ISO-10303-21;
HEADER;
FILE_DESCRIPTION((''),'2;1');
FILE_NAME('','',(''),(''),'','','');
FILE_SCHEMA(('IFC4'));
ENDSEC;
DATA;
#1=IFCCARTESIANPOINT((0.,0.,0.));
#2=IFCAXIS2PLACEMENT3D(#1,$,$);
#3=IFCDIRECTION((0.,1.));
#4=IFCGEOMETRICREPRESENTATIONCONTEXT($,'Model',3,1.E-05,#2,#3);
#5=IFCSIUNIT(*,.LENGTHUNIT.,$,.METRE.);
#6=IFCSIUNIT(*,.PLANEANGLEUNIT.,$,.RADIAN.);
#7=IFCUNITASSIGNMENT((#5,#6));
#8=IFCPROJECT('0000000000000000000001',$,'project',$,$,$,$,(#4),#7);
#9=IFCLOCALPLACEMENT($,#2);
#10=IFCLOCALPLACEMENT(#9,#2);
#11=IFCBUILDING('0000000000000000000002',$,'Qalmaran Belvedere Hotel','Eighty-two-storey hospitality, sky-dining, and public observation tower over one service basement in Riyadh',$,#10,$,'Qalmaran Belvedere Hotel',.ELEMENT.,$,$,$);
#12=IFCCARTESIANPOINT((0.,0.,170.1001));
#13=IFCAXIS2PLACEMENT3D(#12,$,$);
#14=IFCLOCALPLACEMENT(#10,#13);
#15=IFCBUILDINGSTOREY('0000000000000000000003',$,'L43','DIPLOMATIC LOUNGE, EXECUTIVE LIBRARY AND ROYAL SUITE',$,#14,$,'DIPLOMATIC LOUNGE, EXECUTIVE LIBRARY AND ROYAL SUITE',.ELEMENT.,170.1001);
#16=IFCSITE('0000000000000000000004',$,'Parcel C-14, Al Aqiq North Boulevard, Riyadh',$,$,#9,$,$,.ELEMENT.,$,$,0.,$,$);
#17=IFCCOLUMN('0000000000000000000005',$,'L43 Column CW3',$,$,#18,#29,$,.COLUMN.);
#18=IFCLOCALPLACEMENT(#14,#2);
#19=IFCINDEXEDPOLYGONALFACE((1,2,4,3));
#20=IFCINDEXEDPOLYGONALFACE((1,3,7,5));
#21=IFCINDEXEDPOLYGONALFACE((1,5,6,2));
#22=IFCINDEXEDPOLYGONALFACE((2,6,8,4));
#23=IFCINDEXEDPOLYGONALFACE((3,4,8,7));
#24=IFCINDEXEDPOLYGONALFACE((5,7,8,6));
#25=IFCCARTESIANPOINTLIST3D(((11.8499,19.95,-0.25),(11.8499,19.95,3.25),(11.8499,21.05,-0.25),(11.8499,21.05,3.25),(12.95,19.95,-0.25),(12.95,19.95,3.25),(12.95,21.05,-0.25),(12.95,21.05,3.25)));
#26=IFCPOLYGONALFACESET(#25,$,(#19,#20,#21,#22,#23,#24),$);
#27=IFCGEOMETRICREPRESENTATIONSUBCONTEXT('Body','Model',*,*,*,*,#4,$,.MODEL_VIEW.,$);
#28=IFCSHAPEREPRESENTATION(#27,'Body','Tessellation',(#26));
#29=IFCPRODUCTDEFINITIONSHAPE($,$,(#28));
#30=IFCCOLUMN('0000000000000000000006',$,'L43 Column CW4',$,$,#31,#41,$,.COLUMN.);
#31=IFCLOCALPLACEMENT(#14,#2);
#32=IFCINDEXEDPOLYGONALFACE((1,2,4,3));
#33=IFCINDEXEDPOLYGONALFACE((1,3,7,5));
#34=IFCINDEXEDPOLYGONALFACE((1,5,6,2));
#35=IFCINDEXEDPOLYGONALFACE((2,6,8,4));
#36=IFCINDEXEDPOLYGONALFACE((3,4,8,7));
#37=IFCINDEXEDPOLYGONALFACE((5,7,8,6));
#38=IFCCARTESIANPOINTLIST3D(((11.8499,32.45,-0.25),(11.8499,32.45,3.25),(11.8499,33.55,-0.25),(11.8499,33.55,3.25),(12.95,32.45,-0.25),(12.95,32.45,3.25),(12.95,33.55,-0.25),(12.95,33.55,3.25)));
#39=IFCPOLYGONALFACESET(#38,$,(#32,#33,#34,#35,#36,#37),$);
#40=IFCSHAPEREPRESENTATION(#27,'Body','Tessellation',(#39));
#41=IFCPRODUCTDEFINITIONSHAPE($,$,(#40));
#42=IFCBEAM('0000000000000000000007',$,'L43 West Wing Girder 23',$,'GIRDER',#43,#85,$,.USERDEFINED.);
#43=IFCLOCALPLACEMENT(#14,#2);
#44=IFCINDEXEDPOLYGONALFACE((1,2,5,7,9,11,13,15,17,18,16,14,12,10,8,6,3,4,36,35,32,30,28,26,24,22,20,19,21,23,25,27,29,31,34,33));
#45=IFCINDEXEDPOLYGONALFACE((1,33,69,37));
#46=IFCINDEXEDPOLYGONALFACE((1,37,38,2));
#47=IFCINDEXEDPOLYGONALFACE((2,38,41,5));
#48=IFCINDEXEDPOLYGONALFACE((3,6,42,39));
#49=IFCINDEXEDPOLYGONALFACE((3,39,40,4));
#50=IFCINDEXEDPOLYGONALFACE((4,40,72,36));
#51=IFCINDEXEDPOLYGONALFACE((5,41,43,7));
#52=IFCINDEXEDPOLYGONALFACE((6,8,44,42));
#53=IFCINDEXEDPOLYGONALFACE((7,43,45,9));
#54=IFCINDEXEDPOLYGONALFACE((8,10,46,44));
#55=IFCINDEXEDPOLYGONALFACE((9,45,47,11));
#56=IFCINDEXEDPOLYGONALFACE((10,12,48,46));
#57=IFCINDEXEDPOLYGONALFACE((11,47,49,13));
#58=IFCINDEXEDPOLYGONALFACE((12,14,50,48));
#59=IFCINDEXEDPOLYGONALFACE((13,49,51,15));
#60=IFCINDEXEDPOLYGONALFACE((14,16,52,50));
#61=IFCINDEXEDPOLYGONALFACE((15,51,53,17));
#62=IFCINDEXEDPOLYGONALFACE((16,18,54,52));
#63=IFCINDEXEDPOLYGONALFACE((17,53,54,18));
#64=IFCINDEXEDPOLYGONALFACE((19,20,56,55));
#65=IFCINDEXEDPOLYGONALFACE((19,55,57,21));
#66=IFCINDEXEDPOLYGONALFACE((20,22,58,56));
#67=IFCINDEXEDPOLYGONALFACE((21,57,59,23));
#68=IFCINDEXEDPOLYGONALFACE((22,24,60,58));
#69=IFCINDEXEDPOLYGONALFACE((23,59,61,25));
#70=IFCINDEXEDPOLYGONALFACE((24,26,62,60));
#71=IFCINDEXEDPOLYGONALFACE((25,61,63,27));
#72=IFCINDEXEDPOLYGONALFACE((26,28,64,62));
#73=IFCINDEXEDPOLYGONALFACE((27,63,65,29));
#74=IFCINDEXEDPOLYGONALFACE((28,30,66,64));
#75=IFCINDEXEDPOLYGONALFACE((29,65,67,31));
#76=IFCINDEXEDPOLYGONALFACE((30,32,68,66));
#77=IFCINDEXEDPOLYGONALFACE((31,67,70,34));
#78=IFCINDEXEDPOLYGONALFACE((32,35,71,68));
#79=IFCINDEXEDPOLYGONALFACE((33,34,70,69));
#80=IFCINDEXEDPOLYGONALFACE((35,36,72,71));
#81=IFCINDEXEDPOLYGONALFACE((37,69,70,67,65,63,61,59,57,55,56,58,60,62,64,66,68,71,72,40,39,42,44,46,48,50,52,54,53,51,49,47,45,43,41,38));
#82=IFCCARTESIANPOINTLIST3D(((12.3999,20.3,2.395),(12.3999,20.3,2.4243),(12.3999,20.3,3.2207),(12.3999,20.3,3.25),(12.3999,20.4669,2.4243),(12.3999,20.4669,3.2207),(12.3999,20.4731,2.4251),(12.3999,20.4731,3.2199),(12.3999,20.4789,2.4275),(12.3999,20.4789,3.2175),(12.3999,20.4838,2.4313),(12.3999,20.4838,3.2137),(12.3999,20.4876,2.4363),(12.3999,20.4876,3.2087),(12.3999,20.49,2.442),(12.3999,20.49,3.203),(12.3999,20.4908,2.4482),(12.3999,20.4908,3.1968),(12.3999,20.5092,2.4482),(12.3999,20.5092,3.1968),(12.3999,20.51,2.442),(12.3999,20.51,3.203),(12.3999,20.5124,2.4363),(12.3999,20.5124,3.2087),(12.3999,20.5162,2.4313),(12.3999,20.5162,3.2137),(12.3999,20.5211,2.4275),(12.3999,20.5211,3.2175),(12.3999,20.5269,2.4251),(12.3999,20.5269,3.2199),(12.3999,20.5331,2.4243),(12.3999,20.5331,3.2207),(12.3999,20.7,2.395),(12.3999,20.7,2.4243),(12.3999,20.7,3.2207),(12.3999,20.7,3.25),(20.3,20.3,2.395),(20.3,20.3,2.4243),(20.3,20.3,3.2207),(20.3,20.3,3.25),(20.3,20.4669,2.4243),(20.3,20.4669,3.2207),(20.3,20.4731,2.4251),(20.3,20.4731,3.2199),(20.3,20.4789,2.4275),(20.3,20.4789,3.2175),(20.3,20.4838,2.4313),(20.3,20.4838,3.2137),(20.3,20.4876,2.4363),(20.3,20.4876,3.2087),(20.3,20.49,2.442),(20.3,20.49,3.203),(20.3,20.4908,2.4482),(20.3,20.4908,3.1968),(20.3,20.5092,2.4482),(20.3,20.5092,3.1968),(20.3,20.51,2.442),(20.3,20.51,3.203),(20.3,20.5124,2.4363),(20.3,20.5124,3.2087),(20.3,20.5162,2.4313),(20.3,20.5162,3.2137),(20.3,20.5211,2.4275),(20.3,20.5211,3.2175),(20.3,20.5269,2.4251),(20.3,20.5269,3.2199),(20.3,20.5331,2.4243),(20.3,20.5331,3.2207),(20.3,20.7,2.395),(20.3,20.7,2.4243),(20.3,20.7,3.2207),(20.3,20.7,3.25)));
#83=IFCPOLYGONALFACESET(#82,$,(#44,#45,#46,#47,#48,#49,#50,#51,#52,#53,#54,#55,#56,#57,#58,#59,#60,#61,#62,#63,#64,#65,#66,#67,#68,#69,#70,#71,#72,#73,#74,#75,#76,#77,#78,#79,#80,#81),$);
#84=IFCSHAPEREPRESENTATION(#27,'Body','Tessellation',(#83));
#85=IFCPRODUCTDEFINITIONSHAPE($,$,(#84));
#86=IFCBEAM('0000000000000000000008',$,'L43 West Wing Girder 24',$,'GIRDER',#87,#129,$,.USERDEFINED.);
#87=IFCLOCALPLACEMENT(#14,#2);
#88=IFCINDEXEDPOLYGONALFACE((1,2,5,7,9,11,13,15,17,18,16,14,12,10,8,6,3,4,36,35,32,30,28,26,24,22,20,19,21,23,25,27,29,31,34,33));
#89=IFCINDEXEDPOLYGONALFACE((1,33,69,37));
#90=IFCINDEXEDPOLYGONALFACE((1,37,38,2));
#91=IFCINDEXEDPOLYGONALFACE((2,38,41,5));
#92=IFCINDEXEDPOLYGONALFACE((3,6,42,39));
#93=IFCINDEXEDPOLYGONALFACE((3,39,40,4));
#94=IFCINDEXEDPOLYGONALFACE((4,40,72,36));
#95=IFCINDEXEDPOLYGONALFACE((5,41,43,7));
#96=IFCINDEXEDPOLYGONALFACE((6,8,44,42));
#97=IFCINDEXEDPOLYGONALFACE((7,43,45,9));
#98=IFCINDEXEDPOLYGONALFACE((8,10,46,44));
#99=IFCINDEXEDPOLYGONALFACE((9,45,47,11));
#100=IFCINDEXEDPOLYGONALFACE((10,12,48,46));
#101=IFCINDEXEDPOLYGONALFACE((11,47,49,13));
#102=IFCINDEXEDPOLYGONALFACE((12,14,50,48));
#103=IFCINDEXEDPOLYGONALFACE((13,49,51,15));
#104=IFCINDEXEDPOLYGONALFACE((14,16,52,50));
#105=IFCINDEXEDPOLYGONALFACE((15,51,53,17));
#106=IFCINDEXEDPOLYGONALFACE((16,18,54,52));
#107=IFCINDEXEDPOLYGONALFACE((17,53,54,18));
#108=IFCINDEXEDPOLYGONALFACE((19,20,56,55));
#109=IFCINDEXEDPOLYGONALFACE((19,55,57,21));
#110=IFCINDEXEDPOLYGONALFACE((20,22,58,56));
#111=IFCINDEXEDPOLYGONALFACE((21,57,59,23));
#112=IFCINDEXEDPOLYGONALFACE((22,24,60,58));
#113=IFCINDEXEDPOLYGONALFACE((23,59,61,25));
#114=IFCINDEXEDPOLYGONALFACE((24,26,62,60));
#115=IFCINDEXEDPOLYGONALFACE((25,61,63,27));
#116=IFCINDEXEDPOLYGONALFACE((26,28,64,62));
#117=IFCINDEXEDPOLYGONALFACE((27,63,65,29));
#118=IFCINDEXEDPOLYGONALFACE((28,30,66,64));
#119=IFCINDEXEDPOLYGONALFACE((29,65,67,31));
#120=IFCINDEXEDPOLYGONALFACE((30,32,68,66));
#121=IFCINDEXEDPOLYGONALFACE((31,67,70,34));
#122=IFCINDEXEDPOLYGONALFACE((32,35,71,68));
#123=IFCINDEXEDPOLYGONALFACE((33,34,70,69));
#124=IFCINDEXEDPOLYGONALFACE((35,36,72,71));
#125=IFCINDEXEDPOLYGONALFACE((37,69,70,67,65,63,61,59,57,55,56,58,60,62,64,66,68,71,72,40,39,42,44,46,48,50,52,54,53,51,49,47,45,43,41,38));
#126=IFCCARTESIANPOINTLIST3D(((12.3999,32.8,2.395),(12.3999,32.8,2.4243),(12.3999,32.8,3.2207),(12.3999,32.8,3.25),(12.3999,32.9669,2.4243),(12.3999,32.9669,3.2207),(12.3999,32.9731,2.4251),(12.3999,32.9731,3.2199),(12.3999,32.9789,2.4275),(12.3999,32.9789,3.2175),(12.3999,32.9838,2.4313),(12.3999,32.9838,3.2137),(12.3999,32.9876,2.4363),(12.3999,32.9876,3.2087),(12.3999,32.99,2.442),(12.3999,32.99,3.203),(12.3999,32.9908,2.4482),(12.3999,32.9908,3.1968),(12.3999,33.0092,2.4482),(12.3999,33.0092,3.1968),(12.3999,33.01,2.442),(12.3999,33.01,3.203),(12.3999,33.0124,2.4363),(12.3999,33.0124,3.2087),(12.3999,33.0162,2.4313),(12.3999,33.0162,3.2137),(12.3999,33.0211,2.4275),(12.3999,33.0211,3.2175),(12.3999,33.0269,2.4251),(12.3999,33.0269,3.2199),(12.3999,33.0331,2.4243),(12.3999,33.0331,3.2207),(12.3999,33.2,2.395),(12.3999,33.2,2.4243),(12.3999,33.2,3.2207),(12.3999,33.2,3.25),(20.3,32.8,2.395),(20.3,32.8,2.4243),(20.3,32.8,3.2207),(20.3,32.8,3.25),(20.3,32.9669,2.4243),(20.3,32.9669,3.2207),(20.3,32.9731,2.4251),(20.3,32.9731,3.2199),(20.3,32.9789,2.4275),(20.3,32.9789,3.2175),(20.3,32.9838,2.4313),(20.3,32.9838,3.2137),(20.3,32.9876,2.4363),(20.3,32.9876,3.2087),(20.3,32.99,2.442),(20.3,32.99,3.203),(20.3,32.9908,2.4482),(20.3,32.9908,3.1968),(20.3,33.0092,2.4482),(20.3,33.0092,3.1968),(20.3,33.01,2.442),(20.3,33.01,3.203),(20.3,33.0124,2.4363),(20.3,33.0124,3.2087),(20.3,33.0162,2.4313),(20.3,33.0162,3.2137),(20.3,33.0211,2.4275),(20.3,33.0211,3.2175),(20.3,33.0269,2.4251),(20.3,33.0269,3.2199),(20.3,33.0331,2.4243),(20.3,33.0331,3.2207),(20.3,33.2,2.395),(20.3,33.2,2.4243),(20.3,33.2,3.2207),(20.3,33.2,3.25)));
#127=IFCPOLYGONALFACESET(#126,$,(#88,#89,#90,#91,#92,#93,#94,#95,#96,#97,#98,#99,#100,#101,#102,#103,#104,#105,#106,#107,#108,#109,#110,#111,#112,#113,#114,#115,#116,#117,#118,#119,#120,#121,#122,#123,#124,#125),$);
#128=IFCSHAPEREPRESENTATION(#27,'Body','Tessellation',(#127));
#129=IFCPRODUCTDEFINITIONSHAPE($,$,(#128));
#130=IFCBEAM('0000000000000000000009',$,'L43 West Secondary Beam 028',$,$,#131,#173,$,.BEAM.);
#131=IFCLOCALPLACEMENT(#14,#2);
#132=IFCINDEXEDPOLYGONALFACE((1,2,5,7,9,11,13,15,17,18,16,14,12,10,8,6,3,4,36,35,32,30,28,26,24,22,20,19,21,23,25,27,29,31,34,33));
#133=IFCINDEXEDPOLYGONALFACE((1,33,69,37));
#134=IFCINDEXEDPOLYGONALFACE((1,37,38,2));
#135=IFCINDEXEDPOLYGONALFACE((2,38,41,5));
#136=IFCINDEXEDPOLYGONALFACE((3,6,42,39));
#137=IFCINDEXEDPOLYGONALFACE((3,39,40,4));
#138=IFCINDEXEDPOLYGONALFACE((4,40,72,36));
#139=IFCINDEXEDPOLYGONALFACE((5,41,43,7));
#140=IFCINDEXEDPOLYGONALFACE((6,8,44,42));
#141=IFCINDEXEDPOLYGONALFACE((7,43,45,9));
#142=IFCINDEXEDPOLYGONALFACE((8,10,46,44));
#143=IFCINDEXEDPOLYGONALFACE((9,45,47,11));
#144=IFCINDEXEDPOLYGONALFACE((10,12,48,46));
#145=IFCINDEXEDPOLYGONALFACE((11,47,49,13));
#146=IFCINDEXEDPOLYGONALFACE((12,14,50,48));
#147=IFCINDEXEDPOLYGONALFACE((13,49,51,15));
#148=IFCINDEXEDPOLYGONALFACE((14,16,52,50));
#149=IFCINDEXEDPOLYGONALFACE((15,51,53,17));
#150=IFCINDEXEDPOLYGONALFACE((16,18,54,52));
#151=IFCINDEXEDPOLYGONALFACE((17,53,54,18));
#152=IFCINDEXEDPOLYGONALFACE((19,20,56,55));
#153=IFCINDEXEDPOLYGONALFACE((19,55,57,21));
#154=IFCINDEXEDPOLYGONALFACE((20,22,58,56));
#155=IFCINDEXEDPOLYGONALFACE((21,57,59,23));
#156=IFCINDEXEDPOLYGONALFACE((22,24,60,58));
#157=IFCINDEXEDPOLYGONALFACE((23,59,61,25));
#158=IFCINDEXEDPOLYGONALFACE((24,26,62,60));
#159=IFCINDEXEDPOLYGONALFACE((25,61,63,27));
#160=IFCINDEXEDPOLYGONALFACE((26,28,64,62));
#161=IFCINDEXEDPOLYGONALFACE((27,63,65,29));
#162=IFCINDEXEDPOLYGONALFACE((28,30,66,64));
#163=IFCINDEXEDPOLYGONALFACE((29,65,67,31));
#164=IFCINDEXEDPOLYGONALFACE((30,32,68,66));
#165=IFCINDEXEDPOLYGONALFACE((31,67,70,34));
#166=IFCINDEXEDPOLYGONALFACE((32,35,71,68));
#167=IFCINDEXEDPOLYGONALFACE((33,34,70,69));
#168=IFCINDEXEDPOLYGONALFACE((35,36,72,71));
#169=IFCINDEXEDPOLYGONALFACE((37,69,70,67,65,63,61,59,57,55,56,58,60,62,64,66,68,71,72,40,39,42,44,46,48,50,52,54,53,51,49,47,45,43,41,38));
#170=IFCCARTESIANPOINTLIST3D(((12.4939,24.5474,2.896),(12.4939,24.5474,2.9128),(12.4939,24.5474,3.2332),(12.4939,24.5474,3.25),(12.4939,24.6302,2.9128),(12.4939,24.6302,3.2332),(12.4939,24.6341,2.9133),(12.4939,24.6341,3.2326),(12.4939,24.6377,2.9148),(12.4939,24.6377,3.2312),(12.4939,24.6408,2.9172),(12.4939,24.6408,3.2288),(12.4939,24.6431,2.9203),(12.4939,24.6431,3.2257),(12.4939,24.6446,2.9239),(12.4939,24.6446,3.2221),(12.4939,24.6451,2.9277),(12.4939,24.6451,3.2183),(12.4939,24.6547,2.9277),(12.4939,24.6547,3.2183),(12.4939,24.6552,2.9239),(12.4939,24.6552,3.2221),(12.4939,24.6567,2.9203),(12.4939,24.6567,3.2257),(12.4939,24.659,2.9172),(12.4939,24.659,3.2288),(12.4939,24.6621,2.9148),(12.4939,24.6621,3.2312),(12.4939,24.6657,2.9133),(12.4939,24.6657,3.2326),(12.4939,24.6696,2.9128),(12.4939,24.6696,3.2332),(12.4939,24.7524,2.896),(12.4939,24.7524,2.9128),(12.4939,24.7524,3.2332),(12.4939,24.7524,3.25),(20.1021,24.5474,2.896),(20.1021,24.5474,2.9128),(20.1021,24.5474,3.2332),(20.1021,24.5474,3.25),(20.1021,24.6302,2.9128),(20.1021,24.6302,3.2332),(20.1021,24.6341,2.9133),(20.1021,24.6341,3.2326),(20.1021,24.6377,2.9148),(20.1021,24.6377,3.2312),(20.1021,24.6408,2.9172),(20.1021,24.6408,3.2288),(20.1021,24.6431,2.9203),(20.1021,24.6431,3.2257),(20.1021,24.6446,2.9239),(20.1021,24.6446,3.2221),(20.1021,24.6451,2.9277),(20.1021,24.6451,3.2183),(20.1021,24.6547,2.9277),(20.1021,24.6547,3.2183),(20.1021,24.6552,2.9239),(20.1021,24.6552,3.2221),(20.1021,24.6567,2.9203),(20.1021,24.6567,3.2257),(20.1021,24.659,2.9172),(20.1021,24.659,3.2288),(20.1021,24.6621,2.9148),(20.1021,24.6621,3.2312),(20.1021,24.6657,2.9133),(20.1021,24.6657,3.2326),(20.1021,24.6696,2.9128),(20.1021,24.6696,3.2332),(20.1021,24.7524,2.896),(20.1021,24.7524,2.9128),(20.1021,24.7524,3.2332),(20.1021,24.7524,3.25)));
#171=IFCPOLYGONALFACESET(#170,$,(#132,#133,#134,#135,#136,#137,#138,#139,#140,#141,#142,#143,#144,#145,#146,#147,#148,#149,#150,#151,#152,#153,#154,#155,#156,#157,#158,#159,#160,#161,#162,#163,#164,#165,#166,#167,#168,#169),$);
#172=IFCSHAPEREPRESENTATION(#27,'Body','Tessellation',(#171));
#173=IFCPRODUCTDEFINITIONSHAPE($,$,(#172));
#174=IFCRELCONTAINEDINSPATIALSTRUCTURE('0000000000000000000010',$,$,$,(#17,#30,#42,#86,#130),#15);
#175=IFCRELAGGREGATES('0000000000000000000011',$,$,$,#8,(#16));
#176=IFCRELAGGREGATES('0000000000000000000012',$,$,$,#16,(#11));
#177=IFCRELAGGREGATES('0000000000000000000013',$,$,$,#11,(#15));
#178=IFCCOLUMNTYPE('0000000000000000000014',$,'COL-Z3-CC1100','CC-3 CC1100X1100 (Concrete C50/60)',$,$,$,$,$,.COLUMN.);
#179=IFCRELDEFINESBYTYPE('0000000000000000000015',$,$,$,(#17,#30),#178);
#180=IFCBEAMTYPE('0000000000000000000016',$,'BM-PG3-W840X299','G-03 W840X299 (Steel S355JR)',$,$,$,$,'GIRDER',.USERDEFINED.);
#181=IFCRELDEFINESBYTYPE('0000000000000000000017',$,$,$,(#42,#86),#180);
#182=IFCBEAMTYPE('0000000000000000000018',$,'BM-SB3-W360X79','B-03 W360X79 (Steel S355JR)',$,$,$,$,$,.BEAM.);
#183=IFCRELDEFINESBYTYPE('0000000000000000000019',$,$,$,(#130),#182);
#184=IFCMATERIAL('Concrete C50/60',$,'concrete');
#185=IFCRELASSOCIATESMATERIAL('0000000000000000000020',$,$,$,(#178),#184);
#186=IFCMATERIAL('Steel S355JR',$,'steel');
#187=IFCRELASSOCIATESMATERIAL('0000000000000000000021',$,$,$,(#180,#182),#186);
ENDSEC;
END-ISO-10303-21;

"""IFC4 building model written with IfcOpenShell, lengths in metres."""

from ifc_helpers import new_model, si_unit, direction, frame, origin, origin_2d, place, context, subcontext, project, spatial, rectangle, i_section, extrude, material, material_profile, profile_set, type_object, element, save


model = new_model("IFC4")

# Units and contexts
model_context = context("Model", 3, precision=1e-05, world=origin(), true_north=direction((0.0, 1.0)))
body_context = subcontext(model_context, "Body", "Model", "MODEL_VIEW")
ifc_project = project(units=[si_unit("LENGTHUNIT", "METRE"), si_unit("PLANEANGLEUNIT", "RADIAN")], contexts=[model_context])

# Site, building, storey
site_placement = place(None, origin())
site = spatial("IfcSite", under=ifc_project, at=site_placement, Name="Parcel C-14, Al Aqiq North Boulevard, Riyadh", CompositionType="ELEMENT", RefElevation=0.0)
building_placement = place(site_placement, origin())
building = spatial("IfcBuilding", under=site, at=building_placement, Name="Qalmaran Belvedere Hotel", Description="Eighty-two-storey hospitality, sky-dining, and public observation tower over one service basement in Riyadh", LongName="Qalmaran Belvedere Hotel", CompositionType="ELEMENT")
storey_placement = place(building_placement, frame((0.0, 0.0, 170.1001)))
storey = spatial("IfcBuildingStorey", under=building, at=storey_placement, Name="L43", Description="DIPLOMATIC LOUNGE, EXECUTIVE LIBRARY AND ROYAL SUITE", LongName="DIPLOMATIC LOUNGE, EXECUTIVE LIBRARY AND ROYAL SUITE", CompositionType="ELEMENT", Elevation=170.1001)

# Columns
ifc_material_1 = material(Name="Concrete C50/60", Category="concrete")
ifc_material_profile_1 = material_profile(ifc_material_1, rectangle(XDim=1.1001, YDim=1.1001, at=origin_2d()), Name="CC1100X1100")
ifc_profile_set_1 = profile_set([ifc_material_profile_1], Name="Concrete C50/60")
column_type = type_object("IfcColumnType", Name="COL-Z3-CC1100", Description="CC-3 CC1100X1100 (Concrete C50/60)", PredefinedType="COLUMN", material=ifc_profile_set_1)
for number, where, z_axis, x_axis, name in (
    (1, (12.3999, 20.5, -0.25), (0.0, 0.0, 1.0), (1.0, 0.0, 0.0), "L43 Column CW3"),
    (2, (12.3999, 33.0, -0.25), (0.0, 0.0, 1.0), (1.0, 0.0, 0.0), "L43 Column CW4"),
):
    element("IfcColumn", number, at=place(storey_placement, frame(where, z_axis=z_axis, x_axis=x_axis)), inside=storey, type_object=column_type, Name=name, PredefinedType="COLUMN", context=body_context, shape_type="SweptSolid", body=[
        extrude(rectangle(XDim=1.1001, YDim=1.1001, at=origin_2d()), origin(), (0.0, 0.0, 1.0), 3.5),
    ])

# Beams
ifc_material_2 = material(Name="Steel S355JR", Category="steel")
ifc_material_profile_2 = material_profile(ifc_material_2, i_section(OverallWidth=0.3999, OverallDepth=0.855, WebThickness=0.0183, FlangeThickness=0.0293, FilletRadius=0.0239, at=origin_2d()), Name="W840X299")
ifc_profile_set_2 = profile_set([ifc_material_profile_2], Name="Steel S355JR")
beam_type_1 = type_object("IfcBeamType", Name="BM-PG3-W840X299", Description="G-03 W840X299 (Steel S355JR)", ElementType="GIRDER", PredefinedType="USERDEFINED", material=ifc_profile_set_2)
for number, where, z_axis, x_axis, name in (
    (3, (12.3999, 20.5, 2.8225), (1.0, 0.0, 0.0), (0.0, 1.0, 0.0), "L43 West Wing Girder 23"),
    (4, (12.3999, 33.0, 2.8225), (1.0, 0.0, 0.0), (0.0, 1.0, 0.0), "L43 West Wing Girder 24"),
):
    element("IfcBeam", number, at=place(storey_placement, frame(where, z_axis=z_axis, x_axis=x_axis)), inside=storey, type_object=beam_type_1, Name=name, ObjectType="GIRDER", PredefinedType="USERDEFINED", context=body_context, shape_type="SweptSolid", body=[
        extrude(i_section(OverallWidth=0.3999, OverallDepth=0.855, WebThickness=0.0183, FlangeThickness=0.0293, FilletRadius=0.0239, at=origin_2d()), origin(), (0.0, 0.0, 1.0), 7.9001),
    ])
ifc_material_profile_3 = material_profile(ifc_material_2, i_section(OverallWidth=0.2051, OverallDepth=0.354, WebThickness=0.0095, FlangeThickness=0.0168, FilletRadius=0.0149, at=origin_2d()), Name="W360X79")
ifc_profile_set_3 = profile_set([ifc_material_profile_3], Name="Steel S355JR")
beam_type_2 = type_object("IfcBeamType", Name="BM-SB3-W360X79", Description="B-03 W360X79 (Steel S355JR)", PredefinedType="BEAM", material=ifc_profile_set_3)
for number, where, z_axis, x_axis, name in (
    (5, (12.4939, 24.6499, 3.073), (1.0, 0.0, 0.0), (0.0, 1.0, 0.0), "L43 West Secondary Beam 028"),
):
    element("IfcBeam", number, at=place(storey_placement, frame(where, z_axis=z_axis, x_axis=x_axis)), inside=storey, type_object=beam_type_2, Name=name, PredefinedType="BEAM", context=body_context, shape_type="SweptSolid", body=[
        extrude(i_section(OverallWidth=0.2051, OverallDepth=0.354, WebThickness=0.0095, FlangeThickness=0.0168, FilletRadius=0.0149, at=origin_2d()), origin(), (0.0, 0.0, 1.0), 7.6082),
    ])

save(model, "model.ifc")
